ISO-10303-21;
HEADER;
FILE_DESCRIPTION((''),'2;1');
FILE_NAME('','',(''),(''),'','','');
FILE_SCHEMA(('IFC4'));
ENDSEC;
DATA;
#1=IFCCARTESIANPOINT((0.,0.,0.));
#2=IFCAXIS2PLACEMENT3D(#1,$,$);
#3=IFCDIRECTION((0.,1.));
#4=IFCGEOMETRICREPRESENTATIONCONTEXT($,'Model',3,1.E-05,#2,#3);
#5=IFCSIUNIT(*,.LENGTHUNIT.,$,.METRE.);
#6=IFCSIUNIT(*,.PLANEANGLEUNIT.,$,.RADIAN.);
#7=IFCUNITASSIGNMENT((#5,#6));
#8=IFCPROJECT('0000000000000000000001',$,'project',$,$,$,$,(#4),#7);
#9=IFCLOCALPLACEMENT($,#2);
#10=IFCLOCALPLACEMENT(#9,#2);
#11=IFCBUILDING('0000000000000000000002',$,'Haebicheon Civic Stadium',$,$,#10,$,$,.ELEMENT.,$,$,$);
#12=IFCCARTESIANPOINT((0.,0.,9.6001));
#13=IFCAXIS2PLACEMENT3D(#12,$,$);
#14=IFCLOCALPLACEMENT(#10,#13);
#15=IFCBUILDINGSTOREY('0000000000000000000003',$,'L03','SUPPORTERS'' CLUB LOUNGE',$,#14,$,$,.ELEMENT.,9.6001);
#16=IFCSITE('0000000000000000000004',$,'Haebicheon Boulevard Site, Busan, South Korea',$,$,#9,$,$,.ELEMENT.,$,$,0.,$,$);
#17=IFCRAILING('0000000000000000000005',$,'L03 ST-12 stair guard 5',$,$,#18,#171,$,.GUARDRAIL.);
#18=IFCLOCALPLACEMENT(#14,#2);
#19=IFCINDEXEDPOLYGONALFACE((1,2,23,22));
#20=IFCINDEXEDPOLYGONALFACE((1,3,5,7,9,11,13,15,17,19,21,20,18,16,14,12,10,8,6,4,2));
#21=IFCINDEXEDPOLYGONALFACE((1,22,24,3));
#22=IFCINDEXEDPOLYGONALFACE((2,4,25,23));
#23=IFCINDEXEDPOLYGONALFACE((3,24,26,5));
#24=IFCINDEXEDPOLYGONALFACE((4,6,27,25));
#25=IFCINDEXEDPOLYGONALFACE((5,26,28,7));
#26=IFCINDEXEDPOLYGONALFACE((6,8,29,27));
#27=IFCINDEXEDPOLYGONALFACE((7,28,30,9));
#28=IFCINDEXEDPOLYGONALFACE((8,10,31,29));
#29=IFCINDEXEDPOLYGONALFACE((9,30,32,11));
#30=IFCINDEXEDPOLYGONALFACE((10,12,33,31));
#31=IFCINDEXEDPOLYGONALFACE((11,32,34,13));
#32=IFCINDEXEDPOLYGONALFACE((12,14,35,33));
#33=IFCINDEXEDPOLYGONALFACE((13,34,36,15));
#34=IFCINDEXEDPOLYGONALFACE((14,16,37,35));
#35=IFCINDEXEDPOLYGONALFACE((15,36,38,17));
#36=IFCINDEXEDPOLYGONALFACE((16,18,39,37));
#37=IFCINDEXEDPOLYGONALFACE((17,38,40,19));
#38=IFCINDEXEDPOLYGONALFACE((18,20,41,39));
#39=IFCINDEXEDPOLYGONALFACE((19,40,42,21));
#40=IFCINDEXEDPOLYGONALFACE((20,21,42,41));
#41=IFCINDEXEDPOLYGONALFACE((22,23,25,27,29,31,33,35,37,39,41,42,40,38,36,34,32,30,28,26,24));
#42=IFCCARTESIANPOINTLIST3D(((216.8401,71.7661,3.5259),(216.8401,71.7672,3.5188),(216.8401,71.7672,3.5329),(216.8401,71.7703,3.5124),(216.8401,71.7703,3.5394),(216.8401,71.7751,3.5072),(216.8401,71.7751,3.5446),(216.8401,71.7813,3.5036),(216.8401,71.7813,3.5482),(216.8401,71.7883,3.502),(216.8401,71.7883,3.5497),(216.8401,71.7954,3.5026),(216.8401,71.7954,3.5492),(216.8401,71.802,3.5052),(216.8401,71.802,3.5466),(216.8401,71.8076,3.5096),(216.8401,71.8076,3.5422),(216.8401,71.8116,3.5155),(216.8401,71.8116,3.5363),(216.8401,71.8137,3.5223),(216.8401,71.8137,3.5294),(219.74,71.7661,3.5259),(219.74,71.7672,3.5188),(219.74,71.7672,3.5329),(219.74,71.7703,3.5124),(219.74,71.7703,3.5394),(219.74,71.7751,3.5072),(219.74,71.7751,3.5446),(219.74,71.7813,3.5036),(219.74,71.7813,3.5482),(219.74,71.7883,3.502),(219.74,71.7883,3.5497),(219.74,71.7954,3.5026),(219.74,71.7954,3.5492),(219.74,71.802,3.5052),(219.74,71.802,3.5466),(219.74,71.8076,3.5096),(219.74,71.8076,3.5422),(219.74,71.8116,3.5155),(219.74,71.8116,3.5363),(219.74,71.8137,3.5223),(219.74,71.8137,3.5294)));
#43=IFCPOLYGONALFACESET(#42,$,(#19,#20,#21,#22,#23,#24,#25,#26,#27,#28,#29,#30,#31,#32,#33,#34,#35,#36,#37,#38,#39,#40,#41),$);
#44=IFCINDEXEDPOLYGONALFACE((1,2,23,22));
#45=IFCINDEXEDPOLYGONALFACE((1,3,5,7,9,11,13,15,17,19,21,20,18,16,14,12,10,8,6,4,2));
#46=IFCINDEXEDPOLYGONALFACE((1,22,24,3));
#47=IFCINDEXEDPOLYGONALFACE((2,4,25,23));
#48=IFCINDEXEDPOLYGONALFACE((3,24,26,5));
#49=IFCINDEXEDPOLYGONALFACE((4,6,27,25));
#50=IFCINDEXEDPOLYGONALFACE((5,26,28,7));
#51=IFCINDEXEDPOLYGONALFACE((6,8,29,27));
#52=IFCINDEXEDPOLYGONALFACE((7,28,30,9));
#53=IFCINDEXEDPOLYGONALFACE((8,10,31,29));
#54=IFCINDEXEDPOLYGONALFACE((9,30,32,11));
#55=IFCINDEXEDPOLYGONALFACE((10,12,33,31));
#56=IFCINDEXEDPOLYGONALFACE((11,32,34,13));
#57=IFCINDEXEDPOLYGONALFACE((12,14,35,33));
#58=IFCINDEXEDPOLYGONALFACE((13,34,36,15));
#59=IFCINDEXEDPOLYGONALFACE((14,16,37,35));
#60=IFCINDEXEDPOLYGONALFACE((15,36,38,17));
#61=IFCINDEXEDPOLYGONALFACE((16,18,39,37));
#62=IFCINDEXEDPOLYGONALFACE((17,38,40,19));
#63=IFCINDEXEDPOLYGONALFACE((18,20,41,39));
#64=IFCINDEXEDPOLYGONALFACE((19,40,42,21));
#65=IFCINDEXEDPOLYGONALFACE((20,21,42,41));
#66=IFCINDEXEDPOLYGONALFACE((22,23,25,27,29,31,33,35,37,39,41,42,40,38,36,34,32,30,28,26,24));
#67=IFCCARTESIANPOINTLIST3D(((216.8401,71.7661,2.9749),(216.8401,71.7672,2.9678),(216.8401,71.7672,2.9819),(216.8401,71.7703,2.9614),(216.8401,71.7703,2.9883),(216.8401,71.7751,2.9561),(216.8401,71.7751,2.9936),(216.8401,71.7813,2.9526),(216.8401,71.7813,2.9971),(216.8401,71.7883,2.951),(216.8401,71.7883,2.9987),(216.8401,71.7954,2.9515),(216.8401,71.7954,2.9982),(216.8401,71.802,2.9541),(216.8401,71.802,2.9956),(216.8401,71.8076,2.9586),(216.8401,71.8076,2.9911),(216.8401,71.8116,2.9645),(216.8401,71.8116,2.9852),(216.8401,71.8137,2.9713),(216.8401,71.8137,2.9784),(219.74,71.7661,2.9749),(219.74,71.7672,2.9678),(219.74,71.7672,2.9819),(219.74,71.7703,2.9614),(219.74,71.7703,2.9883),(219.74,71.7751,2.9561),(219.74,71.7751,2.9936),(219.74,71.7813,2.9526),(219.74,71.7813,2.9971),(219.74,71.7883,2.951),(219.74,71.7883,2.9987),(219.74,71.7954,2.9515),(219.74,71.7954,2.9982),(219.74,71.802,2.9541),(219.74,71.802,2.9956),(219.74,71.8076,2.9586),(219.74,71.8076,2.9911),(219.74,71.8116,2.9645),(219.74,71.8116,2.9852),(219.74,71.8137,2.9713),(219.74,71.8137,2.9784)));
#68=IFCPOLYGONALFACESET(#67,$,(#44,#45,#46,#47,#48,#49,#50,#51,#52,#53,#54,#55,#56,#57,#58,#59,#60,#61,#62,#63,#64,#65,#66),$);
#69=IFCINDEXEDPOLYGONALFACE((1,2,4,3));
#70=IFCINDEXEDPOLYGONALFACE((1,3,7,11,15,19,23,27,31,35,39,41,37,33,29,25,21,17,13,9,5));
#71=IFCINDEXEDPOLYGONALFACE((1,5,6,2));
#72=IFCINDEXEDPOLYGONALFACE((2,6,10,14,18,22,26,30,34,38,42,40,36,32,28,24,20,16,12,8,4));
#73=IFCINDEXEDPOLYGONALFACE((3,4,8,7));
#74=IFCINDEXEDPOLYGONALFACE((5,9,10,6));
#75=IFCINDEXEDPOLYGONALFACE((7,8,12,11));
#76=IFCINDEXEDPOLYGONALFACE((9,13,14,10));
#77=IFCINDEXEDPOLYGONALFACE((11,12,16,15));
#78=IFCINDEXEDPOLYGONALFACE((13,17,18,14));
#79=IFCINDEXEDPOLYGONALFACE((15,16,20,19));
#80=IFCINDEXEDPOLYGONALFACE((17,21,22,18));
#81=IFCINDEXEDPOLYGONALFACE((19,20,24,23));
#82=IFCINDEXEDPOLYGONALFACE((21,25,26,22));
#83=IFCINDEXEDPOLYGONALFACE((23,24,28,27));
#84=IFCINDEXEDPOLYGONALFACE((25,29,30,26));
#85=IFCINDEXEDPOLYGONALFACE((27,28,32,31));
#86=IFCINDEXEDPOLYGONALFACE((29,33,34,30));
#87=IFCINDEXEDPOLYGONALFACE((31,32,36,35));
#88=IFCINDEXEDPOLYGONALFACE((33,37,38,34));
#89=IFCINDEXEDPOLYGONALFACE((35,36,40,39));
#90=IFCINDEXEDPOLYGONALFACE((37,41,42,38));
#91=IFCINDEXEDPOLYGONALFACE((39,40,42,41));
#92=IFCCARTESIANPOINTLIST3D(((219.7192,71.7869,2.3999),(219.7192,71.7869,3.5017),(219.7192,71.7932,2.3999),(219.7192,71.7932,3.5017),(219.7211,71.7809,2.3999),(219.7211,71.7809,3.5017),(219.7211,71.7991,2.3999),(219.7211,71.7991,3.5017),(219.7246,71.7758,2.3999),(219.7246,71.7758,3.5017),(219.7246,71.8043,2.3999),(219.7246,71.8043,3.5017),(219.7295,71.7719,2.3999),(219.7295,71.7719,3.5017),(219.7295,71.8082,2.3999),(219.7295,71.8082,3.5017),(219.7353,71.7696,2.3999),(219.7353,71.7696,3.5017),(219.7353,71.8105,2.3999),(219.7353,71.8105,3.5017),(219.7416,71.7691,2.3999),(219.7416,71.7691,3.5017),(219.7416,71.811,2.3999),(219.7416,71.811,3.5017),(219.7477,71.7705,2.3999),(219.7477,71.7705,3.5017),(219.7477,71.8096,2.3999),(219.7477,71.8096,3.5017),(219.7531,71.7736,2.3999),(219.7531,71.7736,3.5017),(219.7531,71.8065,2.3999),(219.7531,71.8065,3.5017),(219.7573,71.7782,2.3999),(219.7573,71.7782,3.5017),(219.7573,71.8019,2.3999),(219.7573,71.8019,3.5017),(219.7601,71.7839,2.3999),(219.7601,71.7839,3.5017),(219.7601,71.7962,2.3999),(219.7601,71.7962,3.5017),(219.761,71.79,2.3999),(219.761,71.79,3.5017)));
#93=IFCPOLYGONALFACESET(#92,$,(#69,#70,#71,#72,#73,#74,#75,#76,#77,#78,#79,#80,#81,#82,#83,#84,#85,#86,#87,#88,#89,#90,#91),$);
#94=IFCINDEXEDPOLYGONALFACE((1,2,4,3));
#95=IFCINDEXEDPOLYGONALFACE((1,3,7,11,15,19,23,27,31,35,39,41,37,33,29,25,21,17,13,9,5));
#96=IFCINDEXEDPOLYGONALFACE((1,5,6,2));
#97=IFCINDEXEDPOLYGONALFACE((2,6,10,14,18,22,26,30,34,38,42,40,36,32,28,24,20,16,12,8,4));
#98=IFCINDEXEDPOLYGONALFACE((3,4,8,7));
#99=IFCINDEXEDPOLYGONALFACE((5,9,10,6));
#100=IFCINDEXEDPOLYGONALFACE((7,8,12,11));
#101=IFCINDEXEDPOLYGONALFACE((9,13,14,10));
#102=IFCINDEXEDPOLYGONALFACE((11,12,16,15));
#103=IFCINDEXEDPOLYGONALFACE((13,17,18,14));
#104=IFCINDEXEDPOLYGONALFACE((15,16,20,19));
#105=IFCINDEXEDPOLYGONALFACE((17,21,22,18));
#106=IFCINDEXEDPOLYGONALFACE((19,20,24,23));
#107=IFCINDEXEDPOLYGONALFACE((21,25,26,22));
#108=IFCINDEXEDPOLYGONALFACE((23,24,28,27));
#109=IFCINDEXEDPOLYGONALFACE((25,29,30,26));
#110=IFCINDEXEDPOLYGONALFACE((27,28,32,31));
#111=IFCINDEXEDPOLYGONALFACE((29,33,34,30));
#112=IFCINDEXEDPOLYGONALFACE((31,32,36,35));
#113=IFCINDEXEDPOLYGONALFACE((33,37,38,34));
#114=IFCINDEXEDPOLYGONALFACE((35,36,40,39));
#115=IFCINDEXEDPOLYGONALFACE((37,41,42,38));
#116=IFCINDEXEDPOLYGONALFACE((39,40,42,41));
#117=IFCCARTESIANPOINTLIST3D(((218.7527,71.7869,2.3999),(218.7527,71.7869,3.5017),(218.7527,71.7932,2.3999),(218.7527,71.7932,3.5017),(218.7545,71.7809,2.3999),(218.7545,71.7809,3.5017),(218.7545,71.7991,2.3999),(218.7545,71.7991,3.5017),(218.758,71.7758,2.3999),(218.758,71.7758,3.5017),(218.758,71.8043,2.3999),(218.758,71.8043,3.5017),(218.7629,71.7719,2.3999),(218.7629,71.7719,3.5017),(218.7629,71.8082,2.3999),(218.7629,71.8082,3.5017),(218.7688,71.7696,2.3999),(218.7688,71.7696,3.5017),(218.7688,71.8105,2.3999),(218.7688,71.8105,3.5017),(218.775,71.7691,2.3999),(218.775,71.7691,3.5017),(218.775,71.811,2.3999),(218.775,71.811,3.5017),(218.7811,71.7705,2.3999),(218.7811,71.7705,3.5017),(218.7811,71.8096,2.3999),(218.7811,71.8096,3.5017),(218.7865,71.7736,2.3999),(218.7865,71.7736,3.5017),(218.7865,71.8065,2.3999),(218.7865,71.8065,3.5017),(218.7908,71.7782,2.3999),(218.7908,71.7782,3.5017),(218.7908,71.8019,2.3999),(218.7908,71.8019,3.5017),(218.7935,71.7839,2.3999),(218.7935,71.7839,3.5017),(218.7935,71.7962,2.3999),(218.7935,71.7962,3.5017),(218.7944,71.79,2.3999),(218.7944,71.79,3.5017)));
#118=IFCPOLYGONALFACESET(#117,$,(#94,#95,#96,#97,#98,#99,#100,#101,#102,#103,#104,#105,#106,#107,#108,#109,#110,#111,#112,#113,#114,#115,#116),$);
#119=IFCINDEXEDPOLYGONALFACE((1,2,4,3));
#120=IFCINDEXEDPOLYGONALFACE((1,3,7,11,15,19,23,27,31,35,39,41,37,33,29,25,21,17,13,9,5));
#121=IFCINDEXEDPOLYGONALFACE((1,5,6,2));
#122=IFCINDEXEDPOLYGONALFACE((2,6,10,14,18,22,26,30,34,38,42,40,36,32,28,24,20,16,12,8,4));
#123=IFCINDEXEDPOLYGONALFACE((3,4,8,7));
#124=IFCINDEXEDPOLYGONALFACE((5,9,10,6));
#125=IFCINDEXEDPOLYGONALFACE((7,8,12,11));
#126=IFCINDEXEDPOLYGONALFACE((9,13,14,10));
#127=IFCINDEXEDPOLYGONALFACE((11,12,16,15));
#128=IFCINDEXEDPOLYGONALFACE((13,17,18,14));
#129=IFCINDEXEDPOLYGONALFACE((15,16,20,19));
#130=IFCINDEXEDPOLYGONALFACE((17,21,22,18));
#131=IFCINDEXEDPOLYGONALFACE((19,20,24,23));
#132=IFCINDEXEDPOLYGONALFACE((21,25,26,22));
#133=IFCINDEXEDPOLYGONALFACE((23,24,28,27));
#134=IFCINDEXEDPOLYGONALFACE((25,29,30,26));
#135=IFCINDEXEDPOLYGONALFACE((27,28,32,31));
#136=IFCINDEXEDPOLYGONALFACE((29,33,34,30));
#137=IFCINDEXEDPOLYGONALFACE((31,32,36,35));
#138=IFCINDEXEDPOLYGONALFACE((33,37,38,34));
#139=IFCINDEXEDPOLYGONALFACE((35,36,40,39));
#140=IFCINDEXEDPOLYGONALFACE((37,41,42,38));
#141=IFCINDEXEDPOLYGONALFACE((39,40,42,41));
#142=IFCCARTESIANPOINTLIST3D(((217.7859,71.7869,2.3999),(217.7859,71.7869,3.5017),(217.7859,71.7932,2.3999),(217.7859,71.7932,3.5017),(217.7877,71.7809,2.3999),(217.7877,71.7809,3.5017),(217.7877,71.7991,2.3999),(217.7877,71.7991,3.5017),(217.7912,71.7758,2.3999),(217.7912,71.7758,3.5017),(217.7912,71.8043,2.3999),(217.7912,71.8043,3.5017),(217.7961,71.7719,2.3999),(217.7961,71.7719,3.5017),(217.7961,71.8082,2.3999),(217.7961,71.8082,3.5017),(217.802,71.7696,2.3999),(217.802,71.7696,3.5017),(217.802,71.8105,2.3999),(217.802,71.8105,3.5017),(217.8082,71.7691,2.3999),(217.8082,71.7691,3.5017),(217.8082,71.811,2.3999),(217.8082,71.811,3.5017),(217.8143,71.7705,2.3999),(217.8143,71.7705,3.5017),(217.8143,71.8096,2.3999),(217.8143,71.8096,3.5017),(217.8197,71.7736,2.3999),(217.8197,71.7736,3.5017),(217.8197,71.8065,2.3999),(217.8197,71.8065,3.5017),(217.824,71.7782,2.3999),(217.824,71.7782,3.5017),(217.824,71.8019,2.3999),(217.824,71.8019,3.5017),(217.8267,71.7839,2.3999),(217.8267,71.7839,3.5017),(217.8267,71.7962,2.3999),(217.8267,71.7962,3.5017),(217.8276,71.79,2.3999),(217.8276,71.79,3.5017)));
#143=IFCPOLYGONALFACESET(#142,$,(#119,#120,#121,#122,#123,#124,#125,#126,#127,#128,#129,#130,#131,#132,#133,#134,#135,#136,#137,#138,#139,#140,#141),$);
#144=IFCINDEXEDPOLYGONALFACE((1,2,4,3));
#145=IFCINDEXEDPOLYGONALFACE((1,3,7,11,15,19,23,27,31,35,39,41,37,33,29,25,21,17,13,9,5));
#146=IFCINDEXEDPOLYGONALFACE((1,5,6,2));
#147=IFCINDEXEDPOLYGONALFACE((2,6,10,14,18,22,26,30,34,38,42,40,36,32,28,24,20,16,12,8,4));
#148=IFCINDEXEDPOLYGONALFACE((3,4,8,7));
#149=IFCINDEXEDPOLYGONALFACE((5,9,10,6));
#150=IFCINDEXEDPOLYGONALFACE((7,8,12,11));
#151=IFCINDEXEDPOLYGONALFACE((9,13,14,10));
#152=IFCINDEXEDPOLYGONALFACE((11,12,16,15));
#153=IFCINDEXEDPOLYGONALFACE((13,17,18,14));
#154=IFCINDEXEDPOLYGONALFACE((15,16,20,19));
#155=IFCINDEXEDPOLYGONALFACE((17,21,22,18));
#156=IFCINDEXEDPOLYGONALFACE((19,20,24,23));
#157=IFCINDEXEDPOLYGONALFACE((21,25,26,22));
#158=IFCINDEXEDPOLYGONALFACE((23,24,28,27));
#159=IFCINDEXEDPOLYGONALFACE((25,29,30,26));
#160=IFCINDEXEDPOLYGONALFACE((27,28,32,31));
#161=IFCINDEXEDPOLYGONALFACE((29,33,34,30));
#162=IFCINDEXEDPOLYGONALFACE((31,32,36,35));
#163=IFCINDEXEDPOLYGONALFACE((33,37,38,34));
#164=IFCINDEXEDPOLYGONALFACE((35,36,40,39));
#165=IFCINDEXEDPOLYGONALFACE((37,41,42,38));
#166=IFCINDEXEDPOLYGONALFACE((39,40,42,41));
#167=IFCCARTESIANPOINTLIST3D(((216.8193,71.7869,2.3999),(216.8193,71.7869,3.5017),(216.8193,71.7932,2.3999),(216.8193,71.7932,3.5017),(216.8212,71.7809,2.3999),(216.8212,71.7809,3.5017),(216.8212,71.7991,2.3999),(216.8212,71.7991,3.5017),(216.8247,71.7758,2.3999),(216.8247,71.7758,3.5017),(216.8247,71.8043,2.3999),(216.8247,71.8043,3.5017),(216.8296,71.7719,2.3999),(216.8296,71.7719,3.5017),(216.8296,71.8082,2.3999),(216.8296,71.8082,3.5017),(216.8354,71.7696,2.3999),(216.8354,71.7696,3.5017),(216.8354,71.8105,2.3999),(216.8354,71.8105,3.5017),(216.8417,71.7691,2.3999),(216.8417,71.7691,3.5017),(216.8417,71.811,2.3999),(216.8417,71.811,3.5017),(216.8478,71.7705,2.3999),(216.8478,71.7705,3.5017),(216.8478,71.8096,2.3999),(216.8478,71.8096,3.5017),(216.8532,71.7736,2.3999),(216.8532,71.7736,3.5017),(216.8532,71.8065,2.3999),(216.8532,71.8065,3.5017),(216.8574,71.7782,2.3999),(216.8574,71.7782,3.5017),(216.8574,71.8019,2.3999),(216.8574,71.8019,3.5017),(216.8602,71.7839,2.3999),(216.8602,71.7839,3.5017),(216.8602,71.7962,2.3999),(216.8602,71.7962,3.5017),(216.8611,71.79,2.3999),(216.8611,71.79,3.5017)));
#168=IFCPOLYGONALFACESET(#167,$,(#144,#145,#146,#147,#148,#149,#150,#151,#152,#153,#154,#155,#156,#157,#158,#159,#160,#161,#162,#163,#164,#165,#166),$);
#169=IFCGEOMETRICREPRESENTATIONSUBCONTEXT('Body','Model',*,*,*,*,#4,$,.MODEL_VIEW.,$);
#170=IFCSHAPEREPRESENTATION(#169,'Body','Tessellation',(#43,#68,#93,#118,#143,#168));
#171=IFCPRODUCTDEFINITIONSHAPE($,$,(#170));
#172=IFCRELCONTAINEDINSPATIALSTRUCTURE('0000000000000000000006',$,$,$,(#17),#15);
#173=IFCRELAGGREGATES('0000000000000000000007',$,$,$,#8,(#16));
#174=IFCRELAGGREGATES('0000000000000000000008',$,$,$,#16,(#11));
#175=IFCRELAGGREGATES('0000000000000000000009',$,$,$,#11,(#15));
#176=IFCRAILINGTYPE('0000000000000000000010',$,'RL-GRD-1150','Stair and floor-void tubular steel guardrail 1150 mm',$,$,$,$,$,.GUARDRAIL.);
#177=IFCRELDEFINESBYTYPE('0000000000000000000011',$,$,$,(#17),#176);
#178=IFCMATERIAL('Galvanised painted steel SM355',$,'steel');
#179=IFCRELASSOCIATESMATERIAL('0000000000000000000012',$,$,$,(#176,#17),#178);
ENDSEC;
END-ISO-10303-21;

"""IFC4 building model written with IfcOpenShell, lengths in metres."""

from ifc_helpers import new_model, si_unit, direction, frame, origin, origin_2d, place, context, subcontext, project, spatial, circle, extrude, material, type_object, element, save


model = new_model("IFC4")

# Units and contexts
model_context = context("Model", 3, precision=1e-05, world=origin(), true_north=direction((0.0, 1.0)))
body_context = subcontext(model_context, "Body", "Model", "MODEL_VIEW")
ifc_project = project(units=[si_unit("LENGTHUNIT", "METRE"), si_unit("PLANEANGLEUNIT", "RADIAN")], contexts=[model_context])

# Site, building, storey
site_placement = place(None, origin())
site = spatial("IfcSite", under=ifc_project, at=site_placement, Name="Haebicheon Boulevard Site, Busan, South Korea", CompositionType="ELEMENT", RefElevation=0.0)
building_placement = place(site_placement, origin())
building = spatial("IfcBuilding", under=site, at=building_placement, Name="Haebicheon Civic Stadium", CompositionType="ELEMENT")
storey_placement = place(building_placement, frame((0.0, 0.0, 9.6001)))
storey = spatial("IfcBuildingStorey", under=building, at=storey_placement, Name="L03", Description="SUPPORTERS' CLUB LOUNGE", CompositionType="ELEMENT", Elevation=9.6001)

# Railing
ifc_material_1 = material(Name="Galvanised painted steel SM355", Category="steel")
railing_type_1 = type_object("IfcRailingType", Name="RL-GRD-1150", Description="Stair and floor-void tubular steel guardrail 1150 mm", PredefinedType="GUARDRAIL", material=ifc_material_1)
railing_1_placement = place(storey_placement, frame((219.74, 71.79, 2.3999)))
element("IfcRailing", 1, at=railing_1_placement, inside=storey, type_object=railing_type_1, material=ifc_material_1, Name="L03 ST-12 stair guard 5", PredefinedType="GUARDRAIL", context=body_context, shape_type="SweptSolid", body=[
    extrude(circle(Radius=0.0239, at=origin_2d()), frame((0.0, 0.0, 1.126), z_axis=(-1.0, 0.0, 0.0), x_axis=(0.0, -1.0, 0.0)), (0.0, 0.0, 1.0), 2.8999),
    extrude(circle(Radius=0.0239, at=origin_2d()), frame((0.0, 0.0, 0.575), z_axis=(-1.0, 0.0, 0.0), x_axis=(0.0, -1.0, 0.0)), (0.0, 0.0, 1.0), 2.8999),
    extrude(circle(Radius=0.021, at=origin_2d()), origin(), (0.0, 0.0, 1.0), 1.1018),
    extrude(circle(Radius=0.021, at=origin_2d()), frame((-0.9666, 0.0, 0.0)), (0.0, 0.0, 1.0), 1.1018),
    extrude(circle(Radius=0.021, at=origin_2d()), frame((-1.9333, 0.0, 0.0)), (0.0, 0.0, 1.0), 1.1018),
    extrude(circle(Radius=0.021, at=origin_2d()), frame((-2.8999, 0.0, 0.0)), (0.0, 0.0, 1.0), 1.1018),
])

save(model, "model.ifc")
